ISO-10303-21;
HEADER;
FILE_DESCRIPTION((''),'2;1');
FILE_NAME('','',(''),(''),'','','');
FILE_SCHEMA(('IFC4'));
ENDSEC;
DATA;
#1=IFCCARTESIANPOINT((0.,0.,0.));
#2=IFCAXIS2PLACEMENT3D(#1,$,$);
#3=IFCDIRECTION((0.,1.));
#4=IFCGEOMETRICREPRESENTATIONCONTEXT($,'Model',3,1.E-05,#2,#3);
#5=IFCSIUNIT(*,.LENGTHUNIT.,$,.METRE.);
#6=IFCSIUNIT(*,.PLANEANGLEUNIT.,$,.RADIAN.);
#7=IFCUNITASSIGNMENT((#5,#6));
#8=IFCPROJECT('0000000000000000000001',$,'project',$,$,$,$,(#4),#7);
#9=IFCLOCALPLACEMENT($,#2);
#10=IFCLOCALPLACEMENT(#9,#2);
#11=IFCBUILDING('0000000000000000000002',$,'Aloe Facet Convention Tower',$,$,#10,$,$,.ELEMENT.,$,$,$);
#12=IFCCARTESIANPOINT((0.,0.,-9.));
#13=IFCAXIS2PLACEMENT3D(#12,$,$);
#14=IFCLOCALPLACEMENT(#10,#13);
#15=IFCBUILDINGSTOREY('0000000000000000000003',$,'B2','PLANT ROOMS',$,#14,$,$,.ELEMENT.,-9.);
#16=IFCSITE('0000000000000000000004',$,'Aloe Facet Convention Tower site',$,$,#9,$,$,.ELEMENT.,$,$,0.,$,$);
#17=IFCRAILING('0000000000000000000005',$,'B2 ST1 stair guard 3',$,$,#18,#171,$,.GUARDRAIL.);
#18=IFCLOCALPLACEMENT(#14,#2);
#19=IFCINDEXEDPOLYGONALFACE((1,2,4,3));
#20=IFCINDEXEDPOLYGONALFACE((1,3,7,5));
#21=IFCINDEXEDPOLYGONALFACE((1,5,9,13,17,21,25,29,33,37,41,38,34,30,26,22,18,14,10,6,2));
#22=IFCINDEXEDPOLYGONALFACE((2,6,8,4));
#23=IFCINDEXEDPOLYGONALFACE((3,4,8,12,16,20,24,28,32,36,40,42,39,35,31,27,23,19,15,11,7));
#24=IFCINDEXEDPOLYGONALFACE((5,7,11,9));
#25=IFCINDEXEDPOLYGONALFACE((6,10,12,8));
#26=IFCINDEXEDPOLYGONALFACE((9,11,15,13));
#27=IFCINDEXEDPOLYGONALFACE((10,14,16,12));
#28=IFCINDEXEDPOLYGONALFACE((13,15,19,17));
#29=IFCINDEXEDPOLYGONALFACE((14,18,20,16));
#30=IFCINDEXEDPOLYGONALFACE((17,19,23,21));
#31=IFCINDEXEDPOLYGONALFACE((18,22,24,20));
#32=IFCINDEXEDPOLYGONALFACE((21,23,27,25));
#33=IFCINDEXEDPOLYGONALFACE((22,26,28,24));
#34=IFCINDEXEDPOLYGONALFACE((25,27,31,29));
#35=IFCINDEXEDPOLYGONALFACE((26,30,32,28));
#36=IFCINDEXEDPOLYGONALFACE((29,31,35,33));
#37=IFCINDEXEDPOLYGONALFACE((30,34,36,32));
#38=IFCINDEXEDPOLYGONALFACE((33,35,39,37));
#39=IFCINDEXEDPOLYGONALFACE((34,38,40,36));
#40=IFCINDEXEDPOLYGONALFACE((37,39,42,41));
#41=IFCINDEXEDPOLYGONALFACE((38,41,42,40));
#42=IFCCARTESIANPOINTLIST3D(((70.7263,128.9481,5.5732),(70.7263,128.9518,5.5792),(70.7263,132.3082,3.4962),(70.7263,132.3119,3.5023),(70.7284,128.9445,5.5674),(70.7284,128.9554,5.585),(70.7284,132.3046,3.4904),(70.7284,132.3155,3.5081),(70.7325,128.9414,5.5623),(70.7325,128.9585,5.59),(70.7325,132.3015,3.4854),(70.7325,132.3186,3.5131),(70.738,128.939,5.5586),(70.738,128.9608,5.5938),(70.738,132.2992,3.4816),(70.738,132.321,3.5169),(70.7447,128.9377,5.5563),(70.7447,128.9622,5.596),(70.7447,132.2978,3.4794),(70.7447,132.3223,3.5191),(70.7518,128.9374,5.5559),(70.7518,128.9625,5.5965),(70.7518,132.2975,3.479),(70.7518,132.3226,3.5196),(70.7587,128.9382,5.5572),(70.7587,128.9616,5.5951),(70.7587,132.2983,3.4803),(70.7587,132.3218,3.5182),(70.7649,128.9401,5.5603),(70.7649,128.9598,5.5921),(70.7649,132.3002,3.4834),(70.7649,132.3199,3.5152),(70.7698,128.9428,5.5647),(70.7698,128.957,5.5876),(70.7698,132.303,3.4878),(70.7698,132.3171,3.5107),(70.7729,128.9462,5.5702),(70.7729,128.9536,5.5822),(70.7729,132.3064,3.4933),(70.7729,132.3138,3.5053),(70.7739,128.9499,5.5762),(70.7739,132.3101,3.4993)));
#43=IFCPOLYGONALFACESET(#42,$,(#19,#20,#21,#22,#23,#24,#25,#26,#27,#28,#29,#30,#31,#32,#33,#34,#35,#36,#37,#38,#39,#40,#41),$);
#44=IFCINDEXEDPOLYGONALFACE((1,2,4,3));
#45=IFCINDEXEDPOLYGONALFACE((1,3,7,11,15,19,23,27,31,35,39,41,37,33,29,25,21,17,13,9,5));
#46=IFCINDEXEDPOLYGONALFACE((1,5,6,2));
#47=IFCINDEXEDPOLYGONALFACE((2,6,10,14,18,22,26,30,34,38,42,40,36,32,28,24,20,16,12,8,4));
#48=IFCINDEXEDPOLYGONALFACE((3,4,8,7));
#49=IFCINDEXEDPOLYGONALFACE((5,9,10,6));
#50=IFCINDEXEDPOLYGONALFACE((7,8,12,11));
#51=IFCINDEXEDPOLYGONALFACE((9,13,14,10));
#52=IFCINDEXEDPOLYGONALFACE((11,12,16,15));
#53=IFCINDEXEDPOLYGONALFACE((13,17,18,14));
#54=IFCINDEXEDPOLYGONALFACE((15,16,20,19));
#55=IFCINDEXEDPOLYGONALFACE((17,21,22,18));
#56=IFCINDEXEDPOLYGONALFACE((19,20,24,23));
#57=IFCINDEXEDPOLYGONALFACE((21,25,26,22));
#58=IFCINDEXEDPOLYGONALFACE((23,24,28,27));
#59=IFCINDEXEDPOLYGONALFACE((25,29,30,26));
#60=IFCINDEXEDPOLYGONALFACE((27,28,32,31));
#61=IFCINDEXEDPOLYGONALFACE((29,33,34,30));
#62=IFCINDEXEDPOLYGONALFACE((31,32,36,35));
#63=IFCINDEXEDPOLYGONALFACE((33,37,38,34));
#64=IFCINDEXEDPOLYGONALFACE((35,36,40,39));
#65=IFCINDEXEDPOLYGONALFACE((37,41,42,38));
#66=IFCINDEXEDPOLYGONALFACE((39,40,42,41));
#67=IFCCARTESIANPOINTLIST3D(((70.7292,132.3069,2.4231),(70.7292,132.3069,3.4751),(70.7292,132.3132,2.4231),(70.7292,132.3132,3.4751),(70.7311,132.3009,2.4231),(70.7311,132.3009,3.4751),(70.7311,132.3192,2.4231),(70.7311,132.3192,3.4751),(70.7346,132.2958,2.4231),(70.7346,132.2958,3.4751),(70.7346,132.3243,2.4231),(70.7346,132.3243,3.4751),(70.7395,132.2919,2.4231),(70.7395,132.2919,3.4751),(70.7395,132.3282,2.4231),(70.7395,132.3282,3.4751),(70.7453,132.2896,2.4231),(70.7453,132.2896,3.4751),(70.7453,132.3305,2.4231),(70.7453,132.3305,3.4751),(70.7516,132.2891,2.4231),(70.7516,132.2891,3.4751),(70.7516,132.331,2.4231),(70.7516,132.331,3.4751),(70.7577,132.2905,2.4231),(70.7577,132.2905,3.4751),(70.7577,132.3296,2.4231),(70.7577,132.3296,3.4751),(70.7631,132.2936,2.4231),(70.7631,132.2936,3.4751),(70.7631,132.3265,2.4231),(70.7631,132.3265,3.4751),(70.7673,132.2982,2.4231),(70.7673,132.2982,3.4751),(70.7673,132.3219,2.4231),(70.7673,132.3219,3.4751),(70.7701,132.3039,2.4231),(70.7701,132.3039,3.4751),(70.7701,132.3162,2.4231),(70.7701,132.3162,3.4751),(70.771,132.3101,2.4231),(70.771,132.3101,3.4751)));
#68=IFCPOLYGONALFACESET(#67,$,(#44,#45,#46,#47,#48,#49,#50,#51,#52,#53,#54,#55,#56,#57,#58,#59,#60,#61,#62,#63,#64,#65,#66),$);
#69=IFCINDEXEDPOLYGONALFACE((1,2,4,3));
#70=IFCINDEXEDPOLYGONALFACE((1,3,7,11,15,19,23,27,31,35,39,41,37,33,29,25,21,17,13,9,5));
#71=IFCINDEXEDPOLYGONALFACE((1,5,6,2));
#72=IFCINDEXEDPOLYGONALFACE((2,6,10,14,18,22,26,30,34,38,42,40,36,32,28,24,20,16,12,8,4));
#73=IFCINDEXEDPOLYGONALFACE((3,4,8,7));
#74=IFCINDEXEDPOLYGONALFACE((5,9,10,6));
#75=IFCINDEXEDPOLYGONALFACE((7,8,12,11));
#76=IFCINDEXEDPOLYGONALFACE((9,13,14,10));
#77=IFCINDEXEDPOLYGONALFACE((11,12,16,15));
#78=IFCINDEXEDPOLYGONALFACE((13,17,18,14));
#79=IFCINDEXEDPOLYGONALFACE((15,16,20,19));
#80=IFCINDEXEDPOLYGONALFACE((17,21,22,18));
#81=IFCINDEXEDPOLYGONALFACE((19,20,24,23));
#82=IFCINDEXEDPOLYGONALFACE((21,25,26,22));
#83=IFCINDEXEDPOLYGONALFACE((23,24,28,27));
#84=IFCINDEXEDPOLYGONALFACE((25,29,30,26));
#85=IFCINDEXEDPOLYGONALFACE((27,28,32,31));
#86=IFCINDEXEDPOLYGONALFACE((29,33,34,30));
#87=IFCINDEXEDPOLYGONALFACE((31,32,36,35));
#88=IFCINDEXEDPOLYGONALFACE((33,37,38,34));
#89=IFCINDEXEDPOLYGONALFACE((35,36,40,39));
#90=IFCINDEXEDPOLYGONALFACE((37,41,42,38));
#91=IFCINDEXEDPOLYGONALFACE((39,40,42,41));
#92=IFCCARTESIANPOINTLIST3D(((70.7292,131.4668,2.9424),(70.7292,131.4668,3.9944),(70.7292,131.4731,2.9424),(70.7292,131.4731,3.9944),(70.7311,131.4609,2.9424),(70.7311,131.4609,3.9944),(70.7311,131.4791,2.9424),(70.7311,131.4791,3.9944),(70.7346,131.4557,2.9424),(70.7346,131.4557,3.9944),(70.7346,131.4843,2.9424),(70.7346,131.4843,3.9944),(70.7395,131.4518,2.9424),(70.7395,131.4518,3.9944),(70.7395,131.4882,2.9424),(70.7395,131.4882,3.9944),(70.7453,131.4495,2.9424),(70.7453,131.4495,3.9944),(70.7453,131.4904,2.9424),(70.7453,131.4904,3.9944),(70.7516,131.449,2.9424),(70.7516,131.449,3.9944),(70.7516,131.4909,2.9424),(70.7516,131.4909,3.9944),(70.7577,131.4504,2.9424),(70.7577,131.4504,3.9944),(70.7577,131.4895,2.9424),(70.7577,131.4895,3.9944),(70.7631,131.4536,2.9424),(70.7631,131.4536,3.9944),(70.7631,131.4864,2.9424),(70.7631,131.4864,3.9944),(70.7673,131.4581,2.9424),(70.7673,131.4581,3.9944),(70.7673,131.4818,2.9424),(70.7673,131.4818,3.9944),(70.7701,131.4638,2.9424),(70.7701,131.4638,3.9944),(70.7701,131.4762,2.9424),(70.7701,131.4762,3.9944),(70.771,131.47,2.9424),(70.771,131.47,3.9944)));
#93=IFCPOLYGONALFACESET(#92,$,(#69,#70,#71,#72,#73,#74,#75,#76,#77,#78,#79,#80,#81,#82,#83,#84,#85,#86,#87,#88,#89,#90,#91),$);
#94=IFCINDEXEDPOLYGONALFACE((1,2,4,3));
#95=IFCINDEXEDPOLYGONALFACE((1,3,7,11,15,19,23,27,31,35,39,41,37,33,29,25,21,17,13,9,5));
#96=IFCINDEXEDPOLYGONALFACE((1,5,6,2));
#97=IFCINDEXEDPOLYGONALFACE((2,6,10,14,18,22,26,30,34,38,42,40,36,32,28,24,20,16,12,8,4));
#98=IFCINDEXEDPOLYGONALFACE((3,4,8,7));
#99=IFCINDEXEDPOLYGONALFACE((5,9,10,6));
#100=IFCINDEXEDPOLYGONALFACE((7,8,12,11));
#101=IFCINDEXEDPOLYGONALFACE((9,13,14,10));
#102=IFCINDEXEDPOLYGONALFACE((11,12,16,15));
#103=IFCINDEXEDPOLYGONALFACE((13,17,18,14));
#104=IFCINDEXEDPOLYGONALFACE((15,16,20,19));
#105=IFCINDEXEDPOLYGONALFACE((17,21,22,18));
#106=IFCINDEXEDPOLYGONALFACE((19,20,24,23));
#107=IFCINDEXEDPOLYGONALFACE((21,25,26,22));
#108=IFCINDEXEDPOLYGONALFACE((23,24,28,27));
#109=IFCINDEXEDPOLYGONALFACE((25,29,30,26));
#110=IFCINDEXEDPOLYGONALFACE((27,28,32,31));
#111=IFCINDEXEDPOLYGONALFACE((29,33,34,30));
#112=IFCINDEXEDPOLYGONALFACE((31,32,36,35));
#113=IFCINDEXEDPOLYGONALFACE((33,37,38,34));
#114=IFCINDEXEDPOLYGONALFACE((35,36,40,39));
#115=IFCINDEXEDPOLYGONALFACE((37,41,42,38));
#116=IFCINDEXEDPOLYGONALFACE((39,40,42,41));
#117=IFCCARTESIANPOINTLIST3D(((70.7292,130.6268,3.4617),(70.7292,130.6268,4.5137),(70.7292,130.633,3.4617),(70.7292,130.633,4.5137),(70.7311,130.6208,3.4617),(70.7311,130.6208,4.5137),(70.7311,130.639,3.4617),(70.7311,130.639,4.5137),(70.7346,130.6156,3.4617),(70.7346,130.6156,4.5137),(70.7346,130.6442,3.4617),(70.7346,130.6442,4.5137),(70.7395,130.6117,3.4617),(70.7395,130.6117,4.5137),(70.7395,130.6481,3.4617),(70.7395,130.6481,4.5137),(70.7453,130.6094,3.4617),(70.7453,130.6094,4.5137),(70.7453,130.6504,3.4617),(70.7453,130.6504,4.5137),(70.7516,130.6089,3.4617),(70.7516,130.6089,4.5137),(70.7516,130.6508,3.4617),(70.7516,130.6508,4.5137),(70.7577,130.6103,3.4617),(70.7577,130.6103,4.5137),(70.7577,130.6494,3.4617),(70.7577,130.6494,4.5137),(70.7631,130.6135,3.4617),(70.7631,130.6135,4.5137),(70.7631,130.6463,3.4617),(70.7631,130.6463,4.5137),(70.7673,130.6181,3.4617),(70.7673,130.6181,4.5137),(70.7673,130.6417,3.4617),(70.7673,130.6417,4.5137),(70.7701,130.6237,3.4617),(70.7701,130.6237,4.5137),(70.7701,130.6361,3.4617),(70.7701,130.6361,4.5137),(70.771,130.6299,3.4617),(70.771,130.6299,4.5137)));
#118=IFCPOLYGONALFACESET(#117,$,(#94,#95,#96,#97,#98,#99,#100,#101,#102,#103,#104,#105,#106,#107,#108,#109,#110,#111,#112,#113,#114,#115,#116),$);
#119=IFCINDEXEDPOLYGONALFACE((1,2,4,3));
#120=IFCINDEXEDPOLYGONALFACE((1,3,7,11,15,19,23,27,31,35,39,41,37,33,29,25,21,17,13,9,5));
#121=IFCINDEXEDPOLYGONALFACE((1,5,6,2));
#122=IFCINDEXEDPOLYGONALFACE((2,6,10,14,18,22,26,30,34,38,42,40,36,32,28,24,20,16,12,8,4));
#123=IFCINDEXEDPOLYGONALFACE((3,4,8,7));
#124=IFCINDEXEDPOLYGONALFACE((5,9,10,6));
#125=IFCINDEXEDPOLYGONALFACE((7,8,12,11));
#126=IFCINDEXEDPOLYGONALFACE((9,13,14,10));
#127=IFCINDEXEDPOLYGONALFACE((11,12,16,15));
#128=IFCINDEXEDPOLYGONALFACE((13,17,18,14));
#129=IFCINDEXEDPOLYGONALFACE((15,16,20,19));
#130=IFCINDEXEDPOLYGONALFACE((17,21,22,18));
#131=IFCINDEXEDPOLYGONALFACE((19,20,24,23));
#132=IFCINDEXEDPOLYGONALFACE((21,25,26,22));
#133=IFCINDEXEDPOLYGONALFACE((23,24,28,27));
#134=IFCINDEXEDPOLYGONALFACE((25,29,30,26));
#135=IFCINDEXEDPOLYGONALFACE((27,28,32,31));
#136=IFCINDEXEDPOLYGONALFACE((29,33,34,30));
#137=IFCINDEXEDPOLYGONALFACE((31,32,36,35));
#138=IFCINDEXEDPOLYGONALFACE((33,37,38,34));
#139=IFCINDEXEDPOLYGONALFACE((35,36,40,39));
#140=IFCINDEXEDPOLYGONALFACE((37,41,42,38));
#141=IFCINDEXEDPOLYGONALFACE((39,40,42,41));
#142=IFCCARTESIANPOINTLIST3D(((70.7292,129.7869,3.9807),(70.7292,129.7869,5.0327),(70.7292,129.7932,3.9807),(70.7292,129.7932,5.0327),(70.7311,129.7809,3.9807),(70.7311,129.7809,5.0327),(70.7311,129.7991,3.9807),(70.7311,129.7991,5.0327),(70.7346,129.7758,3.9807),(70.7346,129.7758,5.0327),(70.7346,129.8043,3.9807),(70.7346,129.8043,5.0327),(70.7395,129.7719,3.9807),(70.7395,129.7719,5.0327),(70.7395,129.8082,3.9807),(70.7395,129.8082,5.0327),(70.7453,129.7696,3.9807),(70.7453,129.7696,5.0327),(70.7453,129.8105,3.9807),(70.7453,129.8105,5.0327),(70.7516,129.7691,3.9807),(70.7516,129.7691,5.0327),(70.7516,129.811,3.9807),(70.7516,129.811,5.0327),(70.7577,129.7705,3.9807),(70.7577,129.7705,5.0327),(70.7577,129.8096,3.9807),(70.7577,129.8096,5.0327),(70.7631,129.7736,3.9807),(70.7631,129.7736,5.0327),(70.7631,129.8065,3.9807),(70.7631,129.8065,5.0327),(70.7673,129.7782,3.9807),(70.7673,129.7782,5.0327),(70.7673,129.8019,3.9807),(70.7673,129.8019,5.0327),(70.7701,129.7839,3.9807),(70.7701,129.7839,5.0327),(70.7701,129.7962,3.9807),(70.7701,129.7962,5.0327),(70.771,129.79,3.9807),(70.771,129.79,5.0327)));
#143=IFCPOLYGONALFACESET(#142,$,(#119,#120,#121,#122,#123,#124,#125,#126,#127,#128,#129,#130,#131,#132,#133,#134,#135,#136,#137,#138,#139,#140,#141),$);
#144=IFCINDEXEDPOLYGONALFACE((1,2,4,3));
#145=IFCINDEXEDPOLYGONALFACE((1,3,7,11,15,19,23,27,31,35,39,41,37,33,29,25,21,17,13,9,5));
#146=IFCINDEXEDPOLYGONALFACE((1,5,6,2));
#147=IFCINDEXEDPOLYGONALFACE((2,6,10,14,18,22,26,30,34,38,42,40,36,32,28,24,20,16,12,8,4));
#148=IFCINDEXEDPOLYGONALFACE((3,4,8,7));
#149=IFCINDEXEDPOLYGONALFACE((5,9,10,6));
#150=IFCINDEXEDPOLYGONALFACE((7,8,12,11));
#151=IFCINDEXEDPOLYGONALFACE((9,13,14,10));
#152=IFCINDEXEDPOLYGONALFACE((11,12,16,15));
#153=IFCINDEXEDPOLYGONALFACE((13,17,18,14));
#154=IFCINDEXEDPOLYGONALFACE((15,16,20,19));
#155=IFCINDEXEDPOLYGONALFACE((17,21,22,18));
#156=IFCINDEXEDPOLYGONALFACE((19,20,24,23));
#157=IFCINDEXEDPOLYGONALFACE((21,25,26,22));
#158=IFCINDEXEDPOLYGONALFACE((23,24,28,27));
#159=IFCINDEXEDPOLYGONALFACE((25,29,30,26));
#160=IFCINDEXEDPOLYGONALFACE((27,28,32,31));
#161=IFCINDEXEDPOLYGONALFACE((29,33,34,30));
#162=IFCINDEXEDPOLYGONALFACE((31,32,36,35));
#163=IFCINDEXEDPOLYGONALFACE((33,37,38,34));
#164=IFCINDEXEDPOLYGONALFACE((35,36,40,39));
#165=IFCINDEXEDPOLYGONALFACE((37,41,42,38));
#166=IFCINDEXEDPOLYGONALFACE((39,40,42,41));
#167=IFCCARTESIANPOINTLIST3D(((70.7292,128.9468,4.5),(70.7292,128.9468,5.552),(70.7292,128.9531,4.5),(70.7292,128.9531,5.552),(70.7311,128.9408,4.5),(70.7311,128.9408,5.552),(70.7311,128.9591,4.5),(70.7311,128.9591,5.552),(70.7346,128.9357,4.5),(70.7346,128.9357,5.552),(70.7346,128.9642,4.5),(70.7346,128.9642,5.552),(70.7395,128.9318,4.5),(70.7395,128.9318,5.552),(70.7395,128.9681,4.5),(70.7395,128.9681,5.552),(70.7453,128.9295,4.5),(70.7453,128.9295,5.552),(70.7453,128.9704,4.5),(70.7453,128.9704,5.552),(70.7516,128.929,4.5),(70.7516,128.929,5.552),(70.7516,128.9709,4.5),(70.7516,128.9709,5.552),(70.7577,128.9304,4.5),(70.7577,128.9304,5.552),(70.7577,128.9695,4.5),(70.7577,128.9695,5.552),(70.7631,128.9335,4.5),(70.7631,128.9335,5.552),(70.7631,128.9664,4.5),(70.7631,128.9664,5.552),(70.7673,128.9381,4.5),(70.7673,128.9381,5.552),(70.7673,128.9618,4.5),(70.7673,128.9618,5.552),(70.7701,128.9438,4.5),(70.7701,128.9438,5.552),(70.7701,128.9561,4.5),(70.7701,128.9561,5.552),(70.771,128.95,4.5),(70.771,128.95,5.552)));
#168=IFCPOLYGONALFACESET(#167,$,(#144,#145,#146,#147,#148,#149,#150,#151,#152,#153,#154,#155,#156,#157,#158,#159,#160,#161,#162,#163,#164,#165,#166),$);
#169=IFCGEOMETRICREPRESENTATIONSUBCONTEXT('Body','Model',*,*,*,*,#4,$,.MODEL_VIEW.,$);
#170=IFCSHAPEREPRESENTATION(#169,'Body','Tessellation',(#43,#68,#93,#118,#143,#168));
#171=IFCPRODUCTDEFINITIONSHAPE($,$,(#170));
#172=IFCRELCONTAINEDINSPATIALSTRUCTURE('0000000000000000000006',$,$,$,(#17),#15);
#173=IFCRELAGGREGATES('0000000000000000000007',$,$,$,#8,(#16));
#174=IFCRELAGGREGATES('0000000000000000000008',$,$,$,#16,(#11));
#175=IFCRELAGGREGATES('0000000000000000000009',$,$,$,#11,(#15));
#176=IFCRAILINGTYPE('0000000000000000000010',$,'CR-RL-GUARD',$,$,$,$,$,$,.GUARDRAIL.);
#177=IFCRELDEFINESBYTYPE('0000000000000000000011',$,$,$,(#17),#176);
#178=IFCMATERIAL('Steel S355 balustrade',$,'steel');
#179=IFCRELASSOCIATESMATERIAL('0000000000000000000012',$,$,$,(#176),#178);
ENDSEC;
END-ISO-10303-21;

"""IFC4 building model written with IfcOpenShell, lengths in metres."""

from ifc_helpers import new_model, si_unit, direction, frame, origin, origin_2d, place, context, subcontext, project, spatial, circle, extrude, material, type_object, element, save


model = new_model("IFC4")

# Units and contexts
model_context = context("Model", 3, precision=1e-05, world=origin(), true_north=direction((0.0, 1.0)))
body_context = subcontext(model_context, "Body", "Model", "MODEL_VIEW")
ifc_project = project(units=[si_unit("LENGTHUNIT", "METRE"), si_unit("PLANEANGLEUNIT", "RADIAN")], contexts=[model_context])

# Site, building, storey
site_placement = place(None, origin())
site = spatial("IfcSite", under=ifc_project, at=site_placement, Name="Aloe Facet Convention Tower site", CompositionType="ELEMENT", RefElevation=0.0)
building_placement = place(site_placement, origin())
building = spatial("IfcBuilding", under=site, at=building_placement, Name="Aloe Facet Convention Tower", CompositionType="ELEMENT")
storey_placement = place(building_placement, frame((0.0, 0.0, -9.0)))
storey = spatial("IfcBuildingStorey", under=building, at=storey_placement, Name="B2", Description="PLANT ROOMS", CompositionType="ELEMENT", Elevation=-9.0)

# Railing
ifc_material_1 = material(Name="Steel S355 balustrade", Category="steel")
railing_type_1 = type_object("IfcRailingType", Name="CR-RL-GUARD", PredefinedType="GUARDRAIL", material=ifc_material_1)
railing_1_placement = place(storey_placement, frame((70.75, 132.3101, 2.4231)))
element("IfcRailing", 1, at=railing_1_placement, inside=storey, type_object=railing_type_1, Name="B2 ST1 stair guard 3", PredefinedType="GUARDRAIL", context=body_context, shape_type="SweptSolid", body=[
    extrude(circle(Radius=0.0239, at=origin_2d()), frame((0.0, 0.0, 1.0762), z_axis=(0.0, -0.850623, 0.525776), x_axis=(1.0, 0.0, 0.0)), (0.0, 0.0, 1.0), 3.9502),
    extrude(circle(Radius=0.021, at=origin_2d()), origin(), (0.0, 0.0, 1.0), 1.052),
    extrude(circle(Radius=0.021, at=origin_2d()), frame((0.0, -0.8401, 0.5193)), (0.0, 0.0, 1.0), 1.052),
    extrude(circle(Radius=0.021, at=origin_2d()), frame((0.0, -1.6802, 1.0386)), (0.0, 0.0, 1.0), 1.052),
    extrude(circle(Radius=0.021, at=origin_2d()), frame((0.0, -2.52, 1.5576)), (0.0, 0.0, 1.0), 1.052),
    extrude(circle(Radius=0.021, at=origin_2d()), frame((0.0, -3.3601, 2.0769)), (0.0, 0.0, 1.0), 1.052),
])

save(model, "model.ifc")
